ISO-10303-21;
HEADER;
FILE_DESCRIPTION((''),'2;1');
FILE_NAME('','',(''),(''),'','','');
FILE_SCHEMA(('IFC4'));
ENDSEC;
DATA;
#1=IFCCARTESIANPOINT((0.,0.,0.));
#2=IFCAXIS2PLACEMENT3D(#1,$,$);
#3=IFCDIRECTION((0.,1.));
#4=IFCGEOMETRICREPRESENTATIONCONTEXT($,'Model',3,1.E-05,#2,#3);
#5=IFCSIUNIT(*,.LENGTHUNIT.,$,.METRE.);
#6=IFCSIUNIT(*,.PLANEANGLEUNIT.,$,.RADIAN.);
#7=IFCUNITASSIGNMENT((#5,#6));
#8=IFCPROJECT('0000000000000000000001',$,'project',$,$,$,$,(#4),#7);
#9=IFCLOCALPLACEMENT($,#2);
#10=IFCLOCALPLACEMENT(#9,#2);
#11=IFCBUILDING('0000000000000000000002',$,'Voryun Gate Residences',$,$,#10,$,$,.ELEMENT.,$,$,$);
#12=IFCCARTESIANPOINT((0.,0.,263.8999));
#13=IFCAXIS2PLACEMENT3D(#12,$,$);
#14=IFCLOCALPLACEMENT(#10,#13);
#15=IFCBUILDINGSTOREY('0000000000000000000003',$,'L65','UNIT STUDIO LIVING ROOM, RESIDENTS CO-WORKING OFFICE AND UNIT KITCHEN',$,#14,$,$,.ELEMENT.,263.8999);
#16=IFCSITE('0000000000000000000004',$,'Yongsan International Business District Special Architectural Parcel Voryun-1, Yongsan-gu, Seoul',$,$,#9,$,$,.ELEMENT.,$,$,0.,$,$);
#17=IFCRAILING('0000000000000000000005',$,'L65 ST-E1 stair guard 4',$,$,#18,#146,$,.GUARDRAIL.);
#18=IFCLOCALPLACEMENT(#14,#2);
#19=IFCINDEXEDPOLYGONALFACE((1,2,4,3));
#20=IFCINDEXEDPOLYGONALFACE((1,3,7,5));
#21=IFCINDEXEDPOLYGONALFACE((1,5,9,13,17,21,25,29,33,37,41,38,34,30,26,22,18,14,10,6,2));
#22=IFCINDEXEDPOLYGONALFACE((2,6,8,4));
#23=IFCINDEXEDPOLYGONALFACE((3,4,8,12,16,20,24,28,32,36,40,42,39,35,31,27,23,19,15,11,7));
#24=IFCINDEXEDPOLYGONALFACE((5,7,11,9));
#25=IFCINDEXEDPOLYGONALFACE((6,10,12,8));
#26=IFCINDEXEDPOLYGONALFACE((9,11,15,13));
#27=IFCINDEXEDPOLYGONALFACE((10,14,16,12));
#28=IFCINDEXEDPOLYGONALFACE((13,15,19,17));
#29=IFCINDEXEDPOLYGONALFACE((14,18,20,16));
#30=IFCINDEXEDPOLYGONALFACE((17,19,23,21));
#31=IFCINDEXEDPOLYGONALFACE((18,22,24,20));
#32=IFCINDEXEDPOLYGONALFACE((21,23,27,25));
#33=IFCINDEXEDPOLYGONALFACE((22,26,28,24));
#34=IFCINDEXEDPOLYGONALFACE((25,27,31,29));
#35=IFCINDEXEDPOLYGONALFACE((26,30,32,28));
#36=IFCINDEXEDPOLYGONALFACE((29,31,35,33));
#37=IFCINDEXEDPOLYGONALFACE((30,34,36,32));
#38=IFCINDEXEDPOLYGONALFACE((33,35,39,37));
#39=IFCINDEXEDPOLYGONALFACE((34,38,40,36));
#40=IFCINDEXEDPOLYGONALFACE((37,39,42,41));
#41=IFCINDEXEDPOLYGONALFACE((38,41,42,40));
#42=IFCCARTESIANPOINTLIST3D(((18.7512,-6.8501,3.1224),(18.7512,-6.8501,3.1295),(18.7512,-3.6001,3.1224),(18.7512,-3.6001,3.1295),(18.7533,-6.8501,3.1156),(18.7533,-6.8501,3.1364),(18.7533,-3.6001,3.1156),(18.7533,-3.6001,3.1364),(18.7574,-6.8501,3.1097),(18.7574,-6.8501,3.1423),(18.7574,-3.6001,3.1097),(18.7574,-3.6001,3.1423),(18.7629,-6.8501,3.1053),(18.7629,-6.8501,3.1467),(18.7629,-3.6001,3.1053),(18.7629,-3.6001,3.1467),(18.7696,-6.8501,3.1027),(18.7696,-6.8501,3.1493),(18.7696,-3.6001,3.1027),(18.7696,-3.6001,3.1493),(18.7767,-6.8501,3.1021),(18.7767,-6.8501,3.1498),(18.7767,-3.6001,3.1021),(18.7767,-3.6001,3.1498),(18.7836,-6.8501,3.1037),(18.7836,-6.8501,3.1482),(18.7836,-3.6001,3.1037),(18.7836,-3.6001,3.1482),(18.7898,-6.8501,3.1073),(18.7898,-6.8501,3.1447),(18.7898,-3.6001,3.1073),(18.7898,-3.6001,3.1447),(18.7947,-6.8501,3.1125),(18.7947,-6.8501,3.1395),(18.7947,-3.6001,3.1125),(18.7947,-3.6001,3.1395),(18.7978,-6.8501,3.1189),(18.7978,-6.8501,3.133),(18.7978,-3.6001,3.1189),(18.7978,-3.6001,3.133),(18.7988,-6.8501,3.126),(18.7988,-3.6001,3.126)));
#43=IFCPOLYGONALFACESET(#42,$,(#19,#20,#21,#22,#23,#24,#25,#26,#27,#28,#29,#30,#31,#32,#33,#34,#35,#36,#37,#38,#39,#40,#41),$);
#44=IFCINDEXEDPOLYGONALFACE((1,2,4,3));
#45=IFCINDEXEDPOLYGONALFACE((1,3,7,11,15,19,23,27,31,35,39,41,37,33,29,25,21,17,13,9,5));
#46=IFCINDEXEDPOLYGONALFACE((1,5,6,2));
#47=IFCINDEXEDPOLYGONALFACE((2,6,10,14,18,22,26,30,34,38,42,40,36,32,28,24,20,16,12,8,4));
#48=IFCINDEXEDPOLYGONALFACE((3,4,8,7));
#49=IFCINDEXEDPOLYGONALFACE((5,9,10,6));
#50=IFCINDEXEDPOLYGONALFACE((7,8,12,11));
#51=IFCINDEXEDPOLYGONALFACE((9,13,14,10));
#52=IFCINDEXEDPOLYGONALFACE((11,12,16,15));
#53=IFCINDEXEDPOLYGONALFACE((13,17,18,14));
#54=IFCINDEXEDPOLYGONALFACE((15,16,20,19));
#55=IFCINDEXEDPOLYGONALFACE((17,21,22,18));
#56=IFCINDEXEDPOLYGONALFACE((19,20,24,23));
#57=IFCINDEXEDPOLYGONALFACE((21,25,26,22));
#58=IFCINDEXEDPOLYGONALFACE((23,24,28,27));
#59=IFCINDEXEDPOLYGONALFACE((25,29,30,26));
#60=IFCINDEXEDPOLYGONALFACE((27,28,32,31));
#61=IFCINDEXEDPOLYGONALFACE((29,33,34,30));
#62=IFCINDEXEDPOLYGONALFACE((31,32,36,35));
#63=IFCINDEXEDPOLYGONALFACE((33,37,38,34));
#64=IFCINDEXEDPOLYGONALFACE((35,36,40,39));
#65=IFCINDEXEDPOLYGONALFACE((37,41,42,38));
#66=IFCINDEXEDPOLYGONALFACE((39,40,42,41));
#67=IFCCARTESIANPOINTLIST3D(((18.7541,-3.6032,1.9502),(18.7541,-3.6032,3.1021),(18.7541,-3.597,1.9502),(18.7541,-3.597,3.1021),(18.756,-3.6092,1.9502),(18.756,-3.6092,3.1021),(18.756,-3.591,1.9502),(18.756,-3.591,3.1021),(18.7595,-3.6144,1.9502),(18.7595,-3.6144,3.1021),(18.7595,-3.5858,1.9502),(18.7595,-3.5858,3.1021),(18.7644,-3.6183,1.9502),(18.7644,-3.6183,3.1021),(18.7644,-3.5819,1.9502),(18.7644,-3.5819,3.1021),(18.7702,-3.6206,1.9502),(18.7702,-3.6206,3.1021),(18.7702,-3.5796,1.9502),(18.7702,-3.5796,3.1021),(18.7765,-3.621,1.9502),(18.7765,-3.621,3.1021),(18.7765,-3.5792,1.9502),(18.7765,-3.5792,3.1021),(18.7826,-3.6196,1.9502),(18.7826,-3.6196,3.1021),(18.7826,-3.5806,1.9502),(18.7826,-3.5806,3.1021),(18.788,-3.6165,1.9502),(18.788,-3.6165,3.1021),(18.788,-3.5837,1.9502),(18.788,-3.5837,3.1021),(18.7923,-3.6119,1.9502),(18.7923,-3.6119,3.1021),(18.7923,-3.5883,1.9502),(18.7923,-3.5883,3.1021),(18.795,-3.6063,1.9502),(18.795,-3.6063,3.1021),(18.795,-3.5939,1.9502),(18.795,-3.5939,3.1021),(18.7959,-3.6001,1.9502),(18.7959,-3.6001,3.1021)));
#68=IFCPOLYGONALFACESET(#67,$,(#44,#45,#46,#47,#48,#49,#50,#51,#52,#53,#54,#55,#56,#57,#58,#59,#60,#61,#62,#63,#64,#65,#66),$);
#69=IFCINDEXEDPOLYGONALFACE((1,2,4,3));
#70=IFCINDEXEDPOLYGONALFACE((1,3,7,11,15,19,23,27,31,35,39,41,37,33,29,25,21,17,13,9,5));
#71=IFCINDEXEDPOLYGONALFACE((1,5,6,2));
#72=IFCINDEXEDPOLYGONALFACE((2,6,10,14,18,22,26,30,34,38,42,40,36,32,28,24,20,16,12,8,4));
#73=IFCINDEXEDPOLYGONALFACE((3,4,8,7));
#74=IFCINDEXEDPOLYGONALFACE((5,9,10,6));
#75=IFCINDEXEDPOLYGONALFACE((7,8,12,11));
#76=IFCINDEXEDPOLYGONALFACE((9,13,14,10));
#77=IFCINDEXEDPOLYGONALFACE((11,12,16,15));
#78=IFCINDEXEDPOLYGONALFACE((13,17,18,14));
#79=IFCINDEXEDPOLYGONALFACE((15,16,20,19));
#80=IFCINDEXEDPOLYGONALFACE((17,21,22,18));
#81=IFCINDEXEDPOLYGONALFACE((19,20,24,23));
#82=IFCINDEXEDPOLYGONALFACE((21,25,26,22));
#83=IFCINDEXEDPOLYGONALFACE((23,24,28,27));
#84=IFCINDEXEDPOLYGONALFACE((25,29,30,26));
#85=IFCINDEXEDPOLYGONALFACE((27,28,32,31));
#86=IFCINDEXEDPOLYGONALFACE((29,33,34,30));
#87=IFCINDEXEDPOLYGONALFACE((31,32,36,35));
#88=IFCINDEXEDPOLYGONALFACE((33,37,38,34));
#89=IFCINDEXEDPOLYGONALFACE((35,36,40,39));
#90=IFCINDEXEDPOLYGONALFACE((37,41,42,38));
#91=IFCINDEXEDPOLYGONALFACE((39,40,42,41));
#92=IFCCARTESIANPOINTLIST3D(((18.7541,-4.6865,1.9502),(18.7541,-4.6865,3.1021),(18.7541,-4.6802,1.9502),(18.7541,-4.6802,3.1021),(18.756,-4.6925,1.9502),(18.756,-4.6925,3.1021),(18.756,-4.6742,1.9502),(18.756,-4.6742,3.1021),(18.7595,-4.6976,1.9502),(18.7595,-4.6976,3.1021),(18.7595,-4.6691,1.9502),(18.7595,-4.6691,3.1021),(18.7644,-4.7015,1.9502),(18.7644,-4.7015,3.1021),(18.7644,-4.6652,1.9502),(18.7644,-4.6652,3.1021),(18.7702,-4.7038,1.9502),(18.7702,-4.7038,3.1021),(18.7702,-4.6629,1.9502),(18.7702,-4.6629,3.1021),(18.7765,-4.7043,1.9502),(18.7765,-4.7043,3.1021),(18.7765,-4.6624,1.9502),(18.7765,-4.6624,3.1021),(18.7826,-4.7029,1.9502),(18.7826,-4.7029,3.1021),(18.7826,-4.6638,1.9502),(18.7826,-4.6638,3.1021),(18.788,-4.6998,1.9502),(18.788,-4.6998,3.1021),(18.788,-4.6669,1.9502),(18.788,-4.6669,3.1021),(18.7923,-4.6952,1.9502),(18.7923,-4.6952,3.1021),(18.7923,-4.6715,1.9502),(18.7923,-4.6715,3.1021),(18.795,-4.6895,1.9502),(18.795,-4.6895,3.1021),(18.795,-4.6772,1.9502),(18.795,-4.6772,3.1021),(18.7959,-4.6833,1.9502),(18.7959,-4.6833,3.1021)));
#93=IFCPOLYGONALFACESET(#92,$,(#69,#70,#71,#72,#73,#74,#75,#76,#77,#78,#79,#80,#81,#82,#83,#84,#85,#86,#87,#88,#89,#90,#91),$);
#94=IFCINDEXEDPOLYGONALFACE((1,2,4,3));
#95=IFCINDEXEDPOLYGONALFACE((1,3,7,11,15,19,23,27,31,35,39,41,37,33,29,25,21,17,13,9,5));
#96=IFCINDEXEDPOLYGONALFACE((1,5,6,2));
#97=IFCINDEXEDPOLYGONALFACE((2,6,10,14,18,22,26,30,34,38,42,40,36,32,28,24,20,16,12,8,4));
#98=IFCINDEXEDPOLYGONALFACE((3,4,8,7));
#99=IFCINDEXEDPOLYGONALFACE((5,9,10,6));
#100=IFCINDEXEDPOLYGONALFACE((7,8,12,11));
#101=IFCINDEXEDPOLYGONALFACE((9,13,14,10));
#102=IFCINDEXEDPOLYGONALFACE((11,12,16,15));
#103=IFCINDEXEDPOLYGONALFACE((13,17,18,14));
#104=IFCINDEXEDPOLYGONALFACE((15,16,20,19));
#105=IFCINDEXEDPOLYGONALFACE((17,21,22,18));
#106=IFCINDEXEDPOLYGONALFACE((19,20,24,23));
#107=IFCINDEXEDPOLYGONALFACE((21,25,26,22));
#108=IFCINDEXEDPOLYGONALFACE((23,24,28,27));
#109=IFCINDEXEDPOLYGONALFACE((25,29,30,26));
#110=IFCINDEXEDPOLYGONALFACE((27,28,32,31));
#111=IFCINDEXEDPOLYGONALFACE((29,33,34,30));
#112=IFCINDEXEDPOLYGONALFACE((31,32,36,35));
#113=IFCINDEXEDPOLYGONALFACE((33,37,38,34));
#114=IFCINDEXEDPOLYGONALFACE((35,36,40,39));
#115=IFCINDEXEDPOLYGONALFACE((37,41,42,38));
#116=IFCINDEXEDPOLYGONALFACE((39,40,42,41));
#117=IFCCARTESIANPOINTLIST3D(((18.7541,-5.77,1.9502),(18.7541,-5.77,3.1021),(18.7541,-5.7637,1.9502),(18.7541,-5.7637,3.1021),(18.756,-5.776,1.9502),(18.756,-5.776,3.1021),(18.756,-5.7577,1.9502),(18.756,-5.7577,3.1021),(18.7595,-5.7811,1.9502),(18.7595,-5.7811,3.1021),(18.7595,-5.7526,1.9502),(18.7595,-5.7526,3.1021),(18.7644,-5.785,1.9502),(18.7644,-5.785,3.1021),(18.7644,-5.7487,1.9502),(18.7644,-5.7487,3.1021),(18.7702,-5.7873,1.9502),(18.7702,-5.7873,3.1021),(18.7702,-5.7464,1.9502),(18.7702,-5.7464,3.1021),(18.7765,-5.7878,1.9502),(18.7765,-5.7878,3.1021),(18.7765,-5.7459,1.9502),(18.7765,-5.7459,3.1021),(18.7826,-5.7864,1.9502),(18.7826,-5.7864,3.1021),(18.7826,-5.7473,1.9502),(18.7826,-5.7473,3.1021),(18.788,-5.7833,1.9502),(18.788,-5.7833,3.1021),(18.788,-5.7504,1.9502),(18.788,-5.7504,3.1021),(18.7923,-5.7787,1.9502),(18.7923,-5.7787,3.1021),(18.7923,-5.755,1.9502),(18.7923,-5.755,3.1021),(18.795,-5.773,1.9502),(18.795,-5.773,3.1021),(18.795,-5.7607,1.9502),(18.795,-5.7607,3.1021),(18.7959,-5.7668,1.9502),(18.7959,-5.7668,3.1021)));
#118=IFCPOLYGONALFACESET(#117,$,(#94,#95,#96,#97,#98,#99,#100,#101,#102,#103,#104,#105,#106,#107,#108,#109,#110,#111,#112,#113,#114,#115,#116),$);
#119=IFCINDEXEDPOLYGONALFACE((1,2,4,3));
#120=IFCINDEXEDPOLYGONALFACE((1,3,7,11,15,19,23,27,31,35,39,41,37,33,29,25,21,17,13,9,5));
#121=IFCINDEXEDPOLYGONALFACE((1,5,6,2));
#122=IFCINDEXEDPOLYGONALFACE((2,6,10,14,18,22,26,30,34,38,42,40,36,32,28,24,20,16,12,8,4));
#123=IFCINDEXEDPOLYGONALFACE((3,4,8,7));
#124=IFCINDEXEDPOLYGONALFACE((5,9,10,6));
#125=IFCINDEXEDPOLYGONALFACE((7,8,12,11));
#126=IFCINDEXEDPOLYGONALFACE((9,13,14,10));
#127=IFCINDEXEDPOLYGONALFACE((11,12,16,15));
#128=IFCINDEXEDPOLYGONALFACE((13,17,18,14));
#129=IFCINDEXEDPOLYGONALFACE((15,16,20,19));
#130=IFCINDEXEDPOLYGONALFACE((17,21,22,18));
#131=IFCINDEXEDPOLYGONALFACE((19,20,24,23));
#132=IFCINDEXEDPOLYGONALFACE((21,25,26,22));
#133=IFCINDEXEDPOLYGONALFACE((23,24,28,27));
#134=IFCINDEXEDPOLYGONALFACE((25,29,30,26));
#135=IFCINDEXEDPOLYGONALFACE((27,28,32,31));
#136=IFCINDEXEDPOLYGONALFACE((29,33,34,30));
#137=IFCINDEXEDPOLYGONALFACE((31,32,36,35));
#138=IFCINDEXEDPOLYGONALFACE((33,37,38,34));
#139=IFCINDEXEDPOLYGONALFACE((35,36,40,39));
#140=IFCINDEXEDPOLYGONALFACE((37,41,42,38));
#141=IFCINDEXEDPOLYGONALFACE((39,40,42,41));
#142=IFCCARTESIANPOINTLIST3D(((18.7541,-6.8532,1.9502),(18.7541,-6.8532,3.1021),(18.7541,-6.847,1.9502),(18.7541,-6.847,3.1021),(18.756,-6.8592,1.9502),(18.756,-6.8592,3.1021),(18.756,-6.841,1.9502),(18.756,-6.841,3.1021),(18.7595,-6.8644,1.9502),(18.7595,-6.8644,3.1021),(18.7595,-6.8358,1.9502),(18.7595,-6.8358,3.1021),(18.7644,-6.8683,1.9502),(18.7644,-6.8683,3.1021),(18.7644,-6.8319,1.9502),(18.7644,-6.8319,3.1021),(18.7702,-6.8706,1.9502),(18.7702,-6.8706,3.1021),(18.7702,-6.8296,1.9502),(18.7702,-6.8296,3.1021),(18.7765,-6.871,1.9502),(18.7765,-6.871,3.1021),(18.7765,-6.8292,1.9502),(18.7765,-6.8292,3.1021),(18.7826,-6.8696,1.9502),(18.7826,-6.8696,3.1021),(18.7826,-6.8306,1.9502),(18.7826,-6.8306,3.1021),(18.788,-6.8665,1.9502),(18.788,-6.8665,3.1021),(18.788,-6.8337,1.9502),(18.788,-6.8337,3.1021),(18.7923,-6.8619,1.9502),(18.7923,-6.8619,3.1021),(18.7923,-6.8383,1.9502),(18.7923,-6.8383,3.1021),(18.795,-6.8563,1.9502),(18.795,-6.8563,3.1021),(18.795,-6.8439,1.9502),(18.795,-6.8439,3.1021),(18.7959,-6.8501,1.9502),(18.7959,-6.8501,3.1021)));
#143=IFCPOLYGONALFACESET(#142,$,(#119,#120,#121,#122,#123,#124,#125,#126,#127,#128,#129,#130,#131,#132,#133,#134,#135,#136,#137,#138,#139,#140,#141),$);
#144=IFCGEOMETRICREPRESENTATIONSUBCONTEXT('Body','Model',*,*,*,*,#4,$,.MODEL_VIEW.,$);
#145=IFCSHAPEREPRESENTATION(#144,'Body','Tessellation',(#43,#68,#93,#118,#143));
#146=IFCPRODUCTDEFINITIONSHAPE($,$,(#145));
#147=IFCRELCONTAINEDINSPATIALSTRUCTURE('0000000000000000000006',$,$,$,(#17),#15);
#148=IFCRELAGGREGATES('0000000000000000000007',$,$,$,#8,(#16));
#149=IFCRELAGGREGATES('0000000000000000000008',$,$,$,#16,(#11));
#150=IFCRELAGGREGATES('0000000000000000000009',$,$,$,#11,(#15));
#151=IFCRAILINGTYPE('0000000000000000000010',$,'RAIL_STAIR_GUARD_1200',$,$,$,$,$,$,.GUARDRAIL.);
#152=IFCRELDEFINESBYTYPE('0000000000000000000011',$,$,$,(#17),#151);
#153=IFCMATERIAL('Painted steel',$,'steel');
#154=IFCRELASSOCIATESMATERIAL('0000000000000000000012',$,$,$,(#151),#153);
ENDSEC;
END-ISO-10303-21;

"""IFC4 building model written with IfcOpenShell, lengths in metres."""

from ifc_helpers import new_model, si_unit, direction, frame, origin, origin_2d, place, context, subcontext, project, spatial, circle, extrude, material, type_object, element, save


model = new_model("IFC4")

# Units and contexts
model_context = context("Model", 3, precision=1e-05, world=origin(), true_north=direction((0.0, 1.0)))
body_context = subcontext(model_context, "Body", "Model", "MODEL_VIEW")
ifc_project = project(units=[si_unit("LENGTHUNIT", "METRE"), si_unit("PLANEANGLEUNIT", "RADIAN")], contexts=[model_context])

# Site, building, storey
site_placement = place(None, origin())
site = spatial("IfcSite", under=ifc_project, at=site_placement, Name="Yongsan International Business District Special Architectural Parcel Voryun-1, Yongsan-gu, Seoul", CompositionType="ELEMENT", RefElevation=0.0)
building_placement = place(site_placement, origin())
building = spatial("IfcBuilding", under=site, at=building_placement, Name="Voryun Gate Residences", CompositionType="ELEMENT")
storey_placement = place(building_placement, frame((0.0, 0.0, 263.8999)))
storey = spatial("IfcBuildingStorey", under=building, at=storey_placement, Name="L65", Description="UNIT STUDIO LIVING ROOM, RESIDENTS CO-WORKING OFFICE AND UNIT KITCHEN", CompositionType="ELEMENT", Elevation=263.8999)

# Railing
ifc_material_1 = material(Name="Painted steel", Category="steel")
railing_type_1 = type_object("IfcRailingType", Name="RAIL_STAIR_GUARD_1200", PredefinedType="GUARDRAIL", material=ifc_material_1)
for number, where, name in (
    (1, (18.7749, -3.6001, 1.9502), "L65 ST-E1 stair guard 4"),
):
    element("IfcRailing", number, at=place(storey_placement, frame(where)), inside=storey, type_object=railing_type_1, Name=name, PredefinedType="GUARDRAIL", context=body_context, shape_type="SweptSolid", body=[
        extrude(circle(Radius=0.0239, at=origin_2d()), frame((0.0, 0.0, 1.1758), z_axis=(0.0, -1.0, 0.0), x_axis=(1.0, 0.0, 0.0)), (0.0, 0.0, 1.0), 3.25),
        extrude(circle(Radius=0.021, at=origin_2d()), origin(), (0.0, 0.0, 1.0), 1.1519),
        extrude(circle(Radius=0.021, at=origin_2d()), frame((0.0, -1.0833, 0.0)), (0.0, 0.0, 1.0), 1.1519),
        extrude(circle(Radius=0.021, at=origin_2d()), frame((0.0, -2.1667, 0.0)), (0.0, 0.0, 1.0), 1.1519),
        extrude(circle(Radius=0.021, at=origin_2d()), frame((0.0, -3.25, 0.0)), (0.0, 0.0, 1.0), 1.1519),
    ])

save(model, "model.ifc")
